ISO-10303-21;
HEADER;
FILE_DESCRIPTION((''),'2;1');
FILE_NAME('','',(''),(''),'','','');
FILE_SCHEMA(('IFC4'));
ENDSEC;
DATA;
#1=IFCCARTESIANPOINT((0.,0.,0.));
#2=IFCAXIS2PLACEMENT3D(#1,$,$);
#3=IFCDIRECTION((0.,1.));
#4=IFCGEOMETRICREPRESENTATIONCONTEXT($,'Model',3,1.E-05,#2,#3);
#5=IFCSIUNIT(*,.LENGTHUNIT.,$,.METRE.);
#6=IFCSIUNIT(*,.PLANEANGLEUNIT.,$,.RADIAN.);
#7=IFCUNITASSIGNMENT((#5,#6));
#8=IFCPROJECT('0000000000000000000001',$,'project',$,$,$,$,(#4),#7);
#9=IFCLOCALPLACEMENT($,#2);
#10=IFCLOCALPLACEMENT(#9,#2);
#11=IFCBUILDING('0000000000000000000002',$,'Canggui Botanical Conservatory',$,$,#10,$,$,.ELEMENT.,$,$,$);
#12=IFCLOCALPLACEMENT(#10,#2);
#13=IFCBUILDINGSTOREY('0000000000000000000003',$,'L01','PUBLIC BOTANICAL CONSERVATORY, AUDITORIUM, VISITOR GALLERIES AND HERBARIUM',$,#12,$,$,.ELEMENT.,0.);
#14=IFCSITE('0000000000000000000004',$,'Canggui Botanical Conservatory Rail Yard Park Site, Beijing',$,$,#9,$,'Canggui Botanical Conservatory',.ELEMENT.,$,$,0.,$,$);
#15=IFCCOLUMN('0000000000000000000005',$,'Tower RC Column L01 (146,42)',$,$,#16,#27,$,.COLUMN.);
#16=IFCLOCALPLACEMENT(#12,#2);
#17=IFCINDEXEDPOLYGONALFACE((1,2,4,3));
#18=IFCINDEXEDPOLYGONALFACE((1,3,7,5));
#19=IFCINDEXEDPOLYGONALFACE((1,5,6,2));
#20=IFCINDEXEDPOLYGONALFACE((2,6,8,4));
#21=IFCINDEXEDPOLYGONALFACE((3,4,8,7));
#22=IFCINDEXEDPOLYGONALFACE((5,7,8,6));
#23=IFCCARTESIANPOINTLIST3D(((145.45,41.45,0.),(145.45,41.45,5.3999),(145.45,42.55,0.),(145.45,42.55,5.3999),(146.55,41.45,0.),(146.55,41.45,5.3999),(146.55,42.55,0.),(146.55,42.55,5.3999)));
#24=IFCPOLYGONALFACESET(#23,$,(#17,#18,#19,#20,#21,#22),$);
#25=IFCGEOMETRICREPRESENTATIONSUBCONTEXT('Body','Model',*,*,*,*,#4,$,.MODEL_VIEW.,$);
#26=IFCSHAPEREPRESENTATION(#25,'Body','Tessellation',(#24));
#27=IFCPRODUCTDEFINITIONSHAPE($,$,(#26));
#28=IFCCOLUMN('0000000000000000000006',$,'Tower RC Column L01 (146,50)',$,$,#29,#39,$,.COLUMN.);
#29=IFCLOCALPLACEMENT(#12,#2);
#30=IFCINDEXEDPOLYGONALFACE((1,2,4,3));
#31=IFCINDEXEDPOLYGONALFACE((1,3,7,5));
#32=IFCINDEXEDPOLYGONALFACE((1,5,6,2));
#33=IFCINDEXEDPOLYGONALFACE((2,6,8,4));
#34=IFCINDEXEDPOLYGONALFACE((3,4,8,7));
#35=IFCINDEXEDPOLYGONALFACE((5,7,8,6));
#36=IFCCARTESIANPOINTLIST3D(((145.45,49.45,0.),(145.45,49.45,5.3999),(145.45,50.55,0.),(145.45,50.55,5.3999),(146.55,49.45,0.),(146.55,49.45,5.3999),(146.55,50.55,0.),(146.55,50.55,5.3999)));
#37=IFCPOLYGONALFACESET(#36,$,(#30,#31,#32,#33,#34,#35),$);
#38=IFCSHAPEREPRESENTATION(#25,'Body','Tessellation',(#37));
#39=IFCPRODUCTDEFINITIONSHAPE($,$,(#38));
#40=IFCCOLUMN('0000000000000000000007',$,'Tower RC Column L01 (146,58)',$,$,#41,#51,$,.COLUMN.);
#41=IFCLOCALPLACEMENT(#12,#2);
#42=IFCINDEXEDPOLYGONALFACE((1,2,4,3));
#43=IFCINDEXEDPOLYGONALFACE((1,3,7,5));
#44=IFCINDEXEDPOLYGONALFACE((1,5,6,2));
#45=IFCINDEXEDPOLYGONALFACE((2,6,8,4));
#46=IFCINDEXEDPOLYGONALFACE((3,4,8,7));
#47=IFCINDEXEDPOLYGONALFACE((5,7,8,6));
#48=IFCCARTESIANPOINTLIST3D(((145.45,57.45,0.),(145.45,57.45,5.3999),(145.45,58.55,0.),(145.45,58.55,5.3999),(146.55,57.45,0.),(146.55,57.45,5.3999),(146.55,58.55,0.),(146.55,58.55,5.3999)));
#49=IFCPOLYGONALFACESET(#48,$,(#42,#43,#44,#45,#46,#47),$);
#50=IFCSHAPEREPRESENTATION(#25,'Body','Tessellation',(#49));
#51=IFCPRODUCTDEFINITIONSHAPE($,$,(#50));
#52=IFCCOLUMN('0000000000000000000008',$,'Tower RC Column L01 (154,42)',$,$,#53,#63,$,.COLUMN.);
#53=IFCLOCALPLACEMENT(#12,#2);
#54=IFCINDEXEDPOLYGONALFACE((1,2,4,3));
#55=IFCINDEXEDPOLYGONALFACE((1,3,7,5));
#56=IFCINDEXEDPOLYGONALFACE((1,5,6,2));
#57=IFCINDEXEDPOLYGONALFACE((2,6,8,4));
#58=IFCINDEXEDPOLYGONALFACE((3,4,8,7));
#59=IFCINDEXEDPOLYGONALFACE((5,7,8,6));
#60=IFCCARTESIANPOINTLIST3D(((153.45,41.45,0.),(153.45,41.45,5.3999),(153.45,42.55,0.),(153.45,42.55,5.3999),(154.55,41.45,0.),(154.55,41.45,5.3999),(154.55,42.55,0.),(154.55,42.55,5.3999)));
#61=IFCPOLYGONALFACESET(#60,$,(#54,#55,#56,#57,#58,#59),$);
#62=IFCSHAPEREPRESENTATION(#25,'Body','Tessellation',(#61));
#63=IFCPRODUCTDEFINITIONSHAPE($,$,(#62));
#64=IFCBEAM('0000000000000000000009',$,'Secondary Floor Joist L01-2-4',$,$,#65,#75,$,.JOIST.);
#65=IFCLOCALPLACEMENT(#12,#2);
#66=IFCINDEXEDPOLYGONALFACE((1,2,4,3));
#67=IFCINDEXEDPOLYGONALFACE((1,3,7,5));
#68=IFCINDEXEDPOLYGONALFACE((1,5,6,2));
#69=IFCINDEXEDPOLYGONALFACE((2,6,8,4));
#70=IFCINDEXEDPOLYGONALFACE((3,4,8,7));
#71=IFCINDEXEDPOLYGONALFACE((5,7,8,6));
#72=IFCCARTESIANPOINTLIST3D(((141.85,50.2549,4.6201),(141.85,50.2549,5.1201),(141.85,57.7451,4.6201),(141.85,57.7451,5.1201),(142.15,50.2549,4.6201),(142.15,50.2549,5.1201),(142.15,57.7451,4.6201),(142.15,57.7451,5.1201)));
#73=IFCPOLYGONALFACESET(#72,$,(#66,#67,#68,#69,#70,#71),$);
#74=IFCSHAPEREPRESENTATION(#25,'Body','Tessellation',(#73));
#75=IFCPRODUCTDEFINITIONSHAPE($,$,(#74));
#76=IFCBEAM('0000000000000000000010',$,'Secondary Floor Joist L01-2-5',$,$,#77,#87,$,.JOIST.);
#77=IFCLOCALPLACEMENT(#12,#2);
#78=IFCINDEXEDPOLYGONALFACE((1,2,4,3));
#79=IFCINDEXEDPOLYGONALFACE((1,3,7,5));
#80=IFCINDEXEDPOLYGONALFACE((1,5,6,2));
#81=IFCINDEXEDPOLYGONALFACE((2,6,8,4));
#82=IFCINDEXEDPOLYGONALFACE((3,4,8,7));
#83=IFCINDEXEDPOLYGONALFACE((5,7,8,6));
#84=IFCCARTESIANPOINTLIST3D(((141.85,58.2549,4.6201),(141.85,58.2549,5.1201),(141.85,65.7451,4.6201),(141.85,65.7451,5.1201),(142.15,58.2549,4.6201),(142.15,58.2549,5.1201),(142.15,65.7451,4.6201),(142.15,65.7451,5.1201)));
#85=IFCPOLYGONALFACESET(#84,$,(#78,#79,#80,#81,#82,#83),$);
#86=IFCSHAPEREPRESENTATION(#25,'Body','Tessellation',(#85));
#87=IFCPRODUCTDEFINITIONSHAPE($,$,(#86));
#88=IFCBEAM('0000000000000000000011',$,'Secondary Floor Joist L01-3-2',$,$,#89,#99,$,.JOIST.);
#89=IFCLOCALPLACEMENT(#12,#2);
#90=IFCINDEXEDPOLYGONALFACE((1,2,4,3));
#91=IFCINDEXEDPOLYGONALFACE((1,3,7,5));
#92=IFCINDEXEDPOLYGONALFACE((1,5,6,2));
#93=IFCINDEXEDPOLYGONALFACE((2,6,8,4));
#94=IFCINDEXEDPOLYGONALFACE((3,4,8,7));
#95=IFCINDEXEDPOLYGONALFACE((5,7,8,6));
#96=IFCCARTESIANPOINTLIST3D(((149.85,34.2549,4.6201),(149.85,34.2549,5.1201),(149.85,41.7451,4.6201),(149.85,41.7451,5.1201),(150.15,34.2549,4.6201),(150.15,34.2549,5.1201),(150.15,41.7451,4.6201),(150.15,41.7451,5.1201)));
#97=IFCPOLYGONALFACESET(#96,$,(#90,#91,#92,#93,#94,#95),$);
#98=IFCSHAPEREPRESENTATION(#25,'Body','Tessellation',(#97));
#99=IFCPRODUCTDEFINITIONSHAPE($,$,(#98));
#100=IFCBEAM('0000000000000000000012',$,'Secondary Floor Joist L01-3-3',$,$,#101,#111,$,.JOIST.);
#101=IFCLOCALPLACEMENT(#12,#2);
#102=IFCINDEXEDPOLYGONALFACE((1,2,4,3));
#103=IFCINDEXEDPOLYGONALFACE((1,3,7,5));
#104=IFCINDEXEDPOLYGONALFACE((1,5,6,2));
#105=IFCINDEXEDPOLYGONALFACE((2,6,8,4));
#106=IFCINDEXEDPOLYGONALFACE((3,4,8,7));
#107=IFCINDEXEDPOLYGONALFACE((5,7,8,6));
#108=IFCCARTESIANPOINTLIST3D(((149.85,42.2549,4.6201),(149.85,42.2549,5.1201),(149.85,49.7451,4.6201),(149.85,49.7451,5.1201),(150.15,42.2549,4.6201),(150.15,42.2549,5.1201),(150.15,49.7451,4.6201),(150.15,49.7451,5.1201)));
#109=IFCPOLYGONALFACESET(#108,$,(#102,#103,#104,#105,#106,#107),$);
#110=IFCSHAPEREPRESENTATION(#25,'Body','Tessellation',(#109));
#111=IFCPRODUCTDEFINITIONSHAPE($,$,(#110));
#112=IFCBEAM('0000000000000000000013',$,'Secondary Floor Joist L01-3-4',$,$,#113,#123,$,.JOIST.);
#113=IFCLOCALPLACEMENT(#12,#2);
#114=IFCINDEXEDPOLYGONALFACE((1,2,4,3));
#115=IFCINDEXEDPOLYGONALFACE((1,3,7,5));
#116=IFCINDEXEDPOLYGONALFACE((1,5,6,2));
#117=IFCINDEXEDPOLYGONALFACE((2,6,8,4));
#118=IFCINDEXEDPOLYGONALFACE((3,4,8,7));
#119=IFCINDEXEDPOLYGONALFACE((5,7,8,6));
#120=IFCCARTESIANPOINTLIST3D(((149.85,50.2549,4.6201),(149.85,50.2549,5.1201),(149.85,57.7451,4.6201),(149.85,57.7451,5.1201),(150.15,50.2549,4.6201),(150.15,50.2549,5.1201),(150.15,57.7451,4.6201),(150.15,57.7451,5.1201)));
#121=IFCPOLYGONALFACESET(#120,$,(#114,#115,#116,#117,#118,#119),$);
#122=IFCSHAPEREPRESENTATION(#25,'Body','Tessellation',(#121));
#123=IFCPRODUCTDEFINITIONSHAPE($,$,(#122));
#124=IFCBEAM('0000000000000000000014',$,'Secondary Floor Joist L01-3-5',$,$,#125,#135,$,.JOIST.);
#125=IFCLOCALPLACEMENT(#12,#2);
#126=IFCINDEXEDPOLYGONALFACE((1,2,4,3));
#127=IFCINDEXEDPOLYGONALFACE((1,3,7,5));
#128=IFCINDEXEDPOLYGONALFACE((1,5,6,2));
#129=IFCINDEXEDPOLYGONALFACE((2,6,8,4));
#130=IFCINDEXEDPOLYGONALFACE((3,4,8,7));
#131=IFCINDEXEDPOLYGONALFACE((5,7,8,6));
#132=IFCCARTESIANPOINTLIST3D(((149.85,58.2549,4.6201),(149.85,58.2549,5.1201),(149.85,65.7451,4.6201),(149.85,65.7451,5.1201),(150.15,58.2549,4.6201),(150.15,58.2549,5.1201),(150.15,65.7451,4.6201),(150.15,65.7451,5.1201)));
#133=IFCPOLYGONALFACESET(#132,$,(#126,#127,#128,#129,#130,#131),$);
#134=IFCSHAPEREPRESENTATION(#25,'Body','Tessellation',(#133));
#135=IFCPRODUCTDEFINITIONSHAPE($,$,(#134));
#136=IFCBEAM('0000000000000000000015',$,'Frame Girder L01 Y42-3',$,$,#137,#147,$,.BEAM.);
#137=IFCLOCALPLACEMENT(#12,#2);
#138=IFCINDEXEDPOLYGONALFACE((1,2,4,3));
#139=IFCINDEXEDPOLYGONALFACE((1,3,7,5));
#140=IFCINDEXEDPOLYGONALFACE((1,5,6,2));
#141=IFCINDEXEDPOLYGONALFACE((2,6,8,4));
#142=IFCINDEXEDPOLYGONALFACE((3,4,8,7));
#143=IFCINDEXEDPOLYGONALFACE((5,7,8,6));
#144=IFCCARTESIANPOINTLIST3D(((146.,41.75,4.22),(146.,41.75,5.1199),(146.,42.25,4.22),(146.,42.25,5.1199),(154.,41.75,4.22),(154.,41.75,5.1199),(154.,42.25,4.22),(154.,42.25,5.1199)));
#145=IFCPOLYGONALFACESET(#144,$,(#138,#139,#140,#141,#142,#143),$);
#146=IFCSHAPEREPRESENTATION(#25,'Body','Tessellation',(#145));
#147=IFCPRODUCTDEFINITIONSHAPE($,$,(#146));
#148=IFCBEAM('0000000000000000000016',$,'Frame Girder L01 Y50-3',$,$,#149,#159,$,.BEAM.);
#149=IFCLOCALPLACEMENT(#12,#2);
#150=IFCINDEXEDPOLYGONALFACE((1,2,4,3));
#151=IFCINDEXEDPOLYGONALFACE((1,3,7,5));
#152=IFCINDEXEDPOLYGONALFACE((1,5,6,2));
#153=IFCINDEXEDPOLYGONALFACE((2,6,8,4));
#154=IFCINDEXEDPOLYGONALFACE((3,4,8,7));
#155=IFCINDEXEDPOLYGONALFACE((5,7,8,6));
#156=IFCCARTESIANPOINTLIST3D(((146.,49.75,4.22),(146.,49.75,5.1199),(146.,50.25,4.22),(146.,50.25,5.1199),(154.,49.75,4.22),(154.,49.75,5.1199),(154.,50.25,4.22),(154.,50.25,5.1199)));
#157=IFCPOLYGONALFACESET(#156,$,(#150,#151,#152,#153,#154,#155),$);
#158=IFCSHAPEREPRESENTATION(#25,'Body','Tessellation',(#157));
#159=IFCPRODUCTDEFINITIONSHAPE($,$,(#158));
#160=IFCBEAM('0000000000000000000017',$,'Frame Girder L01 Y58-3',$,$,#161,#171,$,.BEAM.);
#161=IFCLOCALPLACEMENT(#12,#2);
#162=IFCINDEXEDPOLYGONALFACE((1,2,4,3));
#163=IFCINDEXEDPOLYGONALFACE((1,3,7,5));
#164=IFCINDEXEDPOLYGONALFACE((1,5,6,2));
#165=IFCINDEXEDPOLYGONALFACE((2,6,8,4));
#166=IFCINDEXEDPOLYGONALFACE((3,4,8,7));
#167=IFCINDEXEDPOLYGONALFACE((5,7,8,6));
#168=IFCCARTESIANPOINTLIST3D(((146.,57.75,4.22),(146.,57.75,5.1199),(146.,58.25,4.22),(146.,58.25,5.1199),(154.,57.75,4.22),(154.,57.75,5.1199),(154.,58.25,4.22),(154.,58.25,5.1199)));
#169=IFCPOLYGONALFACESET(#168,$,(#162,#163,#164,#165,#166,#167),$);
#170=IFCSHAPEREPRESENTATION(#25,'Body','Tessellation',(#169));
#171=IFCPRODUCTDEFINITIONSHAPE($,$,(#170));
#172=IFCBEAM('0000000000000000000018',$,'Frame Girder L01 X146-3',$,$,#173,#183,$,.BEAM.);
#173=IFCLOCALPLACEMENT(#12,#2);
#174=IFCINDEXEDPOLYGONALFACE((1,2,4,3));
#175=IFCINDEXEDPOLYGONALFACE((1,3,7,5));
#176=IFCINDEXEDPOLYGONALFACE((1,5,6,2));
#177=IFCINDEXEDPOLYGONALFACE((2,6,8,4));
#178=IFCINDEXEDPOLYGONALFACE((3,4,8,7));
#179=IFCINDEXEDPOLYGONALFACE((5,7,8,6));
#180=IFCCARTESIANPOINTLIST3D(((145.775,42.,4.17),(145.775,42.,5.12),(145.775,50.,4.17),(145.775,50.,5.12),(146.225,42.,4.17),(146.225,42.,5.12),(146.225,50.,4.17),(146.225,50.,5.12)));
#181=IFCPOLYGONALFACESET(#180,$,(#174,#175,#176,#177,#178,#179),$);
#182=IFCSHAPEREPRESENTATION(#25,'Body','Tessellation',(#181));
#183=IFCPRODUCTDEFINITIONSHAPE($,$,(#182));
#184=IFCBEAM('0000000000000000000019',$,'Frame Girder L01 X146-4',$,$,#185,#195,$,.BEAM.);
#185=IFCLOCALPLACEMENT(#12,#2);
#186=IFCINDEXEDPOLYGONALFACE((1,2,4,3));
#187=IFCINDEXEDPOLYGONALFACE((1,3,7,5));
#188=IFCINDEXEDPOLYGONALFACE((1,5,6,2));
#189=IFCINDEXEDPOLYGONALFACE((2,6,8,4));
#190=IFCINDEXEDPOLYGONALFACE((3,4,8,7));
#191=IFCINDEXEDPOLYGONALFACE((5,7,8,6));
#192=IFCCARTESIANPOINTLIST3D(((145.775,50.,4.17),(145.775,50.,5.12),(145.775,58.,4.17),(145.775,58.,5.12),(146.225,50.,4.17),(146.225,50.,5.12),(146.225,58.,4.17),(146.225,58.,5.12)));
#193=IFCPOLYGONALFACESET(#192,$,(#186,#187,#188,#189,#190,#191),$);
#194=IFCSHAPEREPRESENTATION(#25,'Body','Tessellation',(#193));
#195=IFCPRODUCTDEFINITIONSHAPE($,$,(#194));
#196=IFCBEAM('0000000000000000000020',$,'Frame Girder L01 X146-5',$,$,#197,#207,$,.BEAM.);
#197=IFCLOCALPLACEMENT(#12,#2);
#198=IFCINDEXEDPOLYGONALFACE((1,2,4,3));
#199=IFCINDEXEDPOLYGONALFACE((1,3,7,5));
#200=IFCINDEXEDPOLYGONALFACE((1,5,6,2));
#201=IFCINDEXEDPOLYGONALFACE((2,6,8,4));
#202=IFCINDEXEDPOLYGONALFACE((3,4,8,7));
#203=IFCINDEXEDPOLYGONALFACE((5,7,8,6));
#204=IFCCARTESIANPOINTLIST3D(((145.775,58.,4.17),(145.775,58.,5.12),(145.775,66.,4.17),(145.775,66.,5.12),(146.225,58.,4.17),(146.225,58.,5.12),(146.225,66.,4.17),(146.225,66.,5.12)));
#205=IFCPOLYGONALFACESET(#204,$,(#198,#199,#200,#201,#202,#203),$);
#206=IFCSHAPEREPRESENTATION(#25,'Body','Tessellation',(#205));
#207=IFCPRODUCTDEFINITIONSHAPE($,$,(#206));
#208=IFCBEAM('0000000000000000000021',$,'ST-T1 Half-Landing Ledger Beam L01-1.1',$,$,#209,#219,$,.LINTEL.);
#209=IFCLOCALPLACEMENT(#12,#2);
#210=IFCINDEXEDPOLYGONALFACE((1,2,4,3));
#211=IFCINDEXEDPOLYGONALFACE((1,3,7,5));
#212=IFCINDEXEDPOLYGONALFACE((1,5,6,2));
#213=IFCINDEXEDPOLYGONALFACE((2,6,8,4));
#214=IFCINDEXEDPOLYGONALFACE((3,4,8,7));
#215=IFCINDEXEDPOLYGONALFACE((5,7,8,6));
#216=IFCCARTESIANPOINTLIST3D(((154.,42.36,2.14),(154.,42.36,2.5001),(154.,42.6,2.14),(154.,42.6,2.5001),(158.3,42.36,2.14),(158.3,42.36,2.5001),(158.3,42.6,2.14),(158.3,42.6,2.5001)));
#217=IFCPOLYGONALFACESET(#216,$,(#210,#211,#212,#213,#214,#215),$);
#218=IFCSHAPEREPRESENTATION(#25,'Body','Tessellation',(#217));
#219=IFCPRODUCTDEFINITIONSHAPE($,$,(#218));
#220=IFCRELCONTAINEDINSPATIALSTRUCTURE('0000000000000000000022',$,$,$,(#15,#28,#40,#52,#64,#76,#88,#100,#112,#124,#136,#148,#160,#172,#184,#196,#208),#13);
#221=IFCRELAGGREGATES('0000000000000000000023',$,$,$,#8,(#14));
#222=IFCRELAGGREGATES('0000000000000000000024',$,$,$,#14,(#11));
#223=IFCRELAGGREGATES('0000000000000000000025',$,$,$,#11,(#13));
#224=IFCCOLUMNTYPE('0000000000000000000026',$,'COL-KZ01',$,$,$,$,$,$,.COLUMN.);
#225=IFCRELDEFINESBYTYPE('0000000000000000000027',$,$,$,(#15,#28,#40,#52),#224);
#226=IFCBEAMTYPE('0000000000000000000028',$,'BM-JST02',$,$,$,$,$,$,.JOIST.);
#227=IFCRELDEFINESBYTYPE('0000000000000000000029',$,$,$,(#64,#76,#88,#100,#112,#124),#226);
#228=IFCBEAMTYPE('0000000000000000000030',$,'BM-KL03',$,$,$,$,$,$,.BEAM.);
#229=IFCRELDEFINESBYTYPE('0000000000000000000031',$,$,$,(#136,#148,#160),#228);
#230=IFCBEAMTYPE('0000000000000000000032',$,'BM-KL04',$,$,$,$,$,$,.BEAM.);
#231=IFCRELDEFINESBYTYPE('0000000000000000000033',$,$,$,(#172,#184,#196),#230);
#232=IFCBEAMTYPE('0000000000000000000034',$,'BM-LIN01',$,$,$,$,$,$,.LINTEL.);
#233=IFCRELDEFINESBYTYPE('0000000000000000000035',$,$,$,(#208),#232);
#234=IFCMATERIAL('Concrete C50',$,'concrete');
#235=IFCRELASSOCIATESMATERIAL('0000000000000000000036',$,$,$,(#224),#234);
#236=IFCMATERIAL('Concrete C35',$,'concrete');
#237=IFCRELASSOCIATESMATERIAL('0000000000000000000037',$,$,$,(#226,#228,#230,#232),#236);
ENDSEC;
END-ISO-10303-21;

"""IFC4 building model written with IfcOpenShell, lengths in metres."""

from ifc_helpers import new_model, si_unit, direction, frame, origin, origin_2d, place, context, subcontext, project, spatial, rectangle, extrude, material, material_profile, profile_set, type_object, element, save


model = new_model("IFC4")

# Units and contexts
model_context = context("Model", 3, precision=1e-05, world=origin(), true_north=direction((0.0, 1.0)))
body_context = subcontext(model_context, "Body", "Model", "MODEL_VIEW")
ifc_project = project(units=[si_unit("LENGTHUNIT", "METRE"), si_unit("PLANEANGLEUNIT", "RADIAN")], contexts=[model_context])

# Site, building, storey
site_placement = place(None, origin())
site = spatial("IfcSite", under=ifc_project, at=site_placement, Name="Canggui Botanical Conservatory Rail Yard Park Site, Beijing", LongName="Canggui Botanical Conservatory", CompositionType="ELEMENT", RefElevation=0.0)
building_placement = place(site_placement, origin())
building = spatial("IfcBuilding", under=site, at=building_placement, Name="Canggui Botanical Conservatory", CompositionType="ELEMENT")
storey_placement = place(building_placement, origin())
storey = spatial("IfcBuildingStorey", under=building, at=storey_placement, Name="L01", Description="PUBLIC BOTANICAL CONSERVATORY, AUDITORIUM, VISITOR GALLERIES AND HERBARIUM", CompositionType="ELEMENT", Elevation=0.0)

# Columns
ifc_material_1 = material(Name="Concrete C50", Category="concrete")
ifc_material_profile_1 = material_profile(ifc_material_1, rectangle(XDim=1.1001, YDim=1.1001, at=origin_2d()), Name="RC 1100x1100")
ifc_profile_set_1 = profile_set([ifc_material_profile_1], Name="Concrete C50")
column_type = type_object("IfcColumnType", Name="COL-KZ01", PredefinedType="COLUMN", material=ifc_profile_set_1)
for number, where, z_axis, x_axis, name in (
    (1, (146.0, 42.0, 0.0), (0.0, 0.0, 1.0), (1.0, 0.0, 0.0), "Tower RC Column L01 (146,42)"),
    (2, (146.0, 50.0, 0.0), (0.0, 0.0, 1.0), (1.0, 0.0, 0.0), "Tower RC Column L01 (146,50)"),
    (3, (146.0, 58.0, 0.0), (0.0, 0.0, 1.0), (1.0, 0.0, 0.0), "Tower RC Column L01 (146,58)"),
    (4, (154.0, 42.0, 0.0), (0.0, 0.0, 1.0), (1.0, 0.0, 0.0), "Tower RC Column L01 (154,42)"),
):
    element("IfcColumn", number, at=place(storey_placement, frame(where, z_axis=z_axis, x_axis=x_axis)), inside=storey, type_object=column_type, Name=name, PredefinedType="COLUMN", context=body_context, shape_type="SweptSolid", body=[
        extrude(rectangle(XDim=1.1001, YDim=1.1001, at=origin_2d()), origin(), (0.0, 0.0, 1.0), 5.3999),
    ])

# Beams
ifc_material_2 = material(Name="Concrete C35", Category="concrete")
ifc_material_profile_2 = material_profile(ifc_material_2, rectangle(XDim=0.3, YDim=0.5, at=origin_2d()), Name="RB 300x500")
ifc_profile_set_2 = profile_set([ifc_material_profile_2], Name="Concrete C35")
beam_type_1 = type_object("IfcBeamType", Name="BM-JST02", PredefinedType="JOIST", material=ifc_profile_set_2)
for number, where, z_axis, x_axis, name in (
    (5, (142.0, 50.2549, 4.8701), (0.0, 1.0, 0.0), (-1.0, 0.0, 0.0), "Secondary Floor Joist L01-2-4"),
    (6, (142.0, 58.2549, 4.8701), (0.0, 1.0, 0.0), (-1.0, 0.0, 0.0), "Secondary Floor Joist L01-2-5"),
    (7, (150.0, 34.2549, 4.8701), (0.0, 1.0, 0.0), (-1.0, 0.0, 0.0), "Secondary Floor Joist L01-3-2"),
    (8, (150.0, 42.2549, 4.8701), (0.0, 1.0, 0.0), (-1.0, 0.0, 0.0), "Secondary Floor Joist L01-3-3"),
    (9, (150.0, 50.2549, 4.8701), (0.0, 1.0, 0.0), (-1.0, 0.0, 0.0), "Secondary Floor Joist L01-3-4"),
    (10, (150.0, 58.2549, 4.8701), (0.0, 1.0, 0.0), (-1.0, 0.0, 0.0), "Secondary Floor Joist L01-3-5"),
):
    element("IfcBeam", number, at=place(storey_placement, frame(where, z_axis=z_axis, x_axis=x_axis)), inside=storey, type_object=beam_type_1, Name=name, PredefinedType="JOIST", context=body_context, shape_type="SweptSolid", body=[
        extrude(rectangle(XDim=0.3, YDim=0.5, at=origin_2d()), origin(), (0.0, 0.0, 1.0), 7.4902),
    ])
ifc_material_profile_3 = material_profile(ifc_material_2, rectangle(XDim=0.5, YDim=0.8999, at=origin_2d()), Name="RB 500x900")
ifc_profile_set_3 = profile_set([ifc_material_profile_3], Name="Concrete C35")
beam_type_2 = type_object("IfcBeamType", Name="BM-KL03", PredefinedType="BEAM", material=ifc_profile_set_3)
for number, where, z_axis, x_axis, name in (
    (11, (146.0, 42.0, 4.6699), (1.0, 0.0, 0.0), (0.0, 1.0, 0.0), "Frame Girder L01 Y42-3"),
    (12, (146.0, 50.0, 4.6699), (1.0, 0.0, 0.0), (0.0, 1.0, 0.0), "Frame Girder L01 Y50-3"),
    (13, (146.0, 58.0, 4.6699), (1.0, 0.0, 0.0), (0.0, 1.0, 0.0), "Frame Girder L01 Y58-3"),
):
    element("IfcBeam", number, at=place(storey_placement, frame(where, z_axis=z_axis, x_axis=x_axis)), inside=storey, type_object=beam_type_2, Name=name, PredefinedType="BEAM", context=body_context, shape_type="SweptSolid", body=[
        extrude(rectangle(XDim=0.5, YDim=0.8999, at=origin_2d()), origin(), (0.0, 0.0, 1.0), 8.0),
    ])
ifc_material_profile_4 = material_profile(ifc_material_2, rectangle(XDim=0.45, YDim=0.95, at=origin_2d()), Name="RB 450x950")
ifc_profile_set_4 = profile_set([ifc_material_profile_4], Name="Concrete C35")
beam_type_3 = type_object("IfcBeamType", Name="BM-KL04", PredefinedType="BEAM", material=ifc_profile_set_4)
for number, where, z_axis, x_axis, name in (
    (14, (146.0, 42.0, 4.645), (0.0, 1.0, 0.0), (-1.0, 0.0, 0.0), "Frame Girder L01 X146-3"),
    (15, (146.0, 50.0, 4.645), (0.0, 1.0, 0.0), (-1.0, 0.0, 0.0), "Frame Girder L01 X146-4"),
    (16, (146.0, 58.0, 4.645), (0.0, 1.0, 0.0), (-1.0, 0.0, 0.0), "Frame Girder L01 X146-5"),
):
    element("IfcBeam", number, at=place(storey_placement, frame(where, z_axis=z_axis, x_axis=x_axis)), inside=storey, type_object=beam_type_3, Name=name, PredefinedType="BEAM", context=body_context, shape_type="SweptSolid", body=[
        extrude(rectangle(XDim=0.45, YDim=0.95, at=origin_2d()), origin(), (0.0, 0.0, 1.0), 8.0),
    ])
ifc_material_profile_5 = material_profile(ifc_material_2, rectangle(XDim=0.24, YDim=0.3601, at=origin_2d()), Name="RB 240x360")
ifc_profile_set_5 = profile_set([ifc_material_profile_5], Name="Concrete C35")
beam_type_4 = type_object("IfcBeamType", Name="BM-LIN01", PredefinedType="LINTEL", material=ifc_profile_set_5)
for number, where, z_axis, x_axis, name in (
    (17, (154.0, 42.48, 2.3201), (1.0, 0.0, 0.0), (0.0, 1.0, 0.0), "ST-T1 Half-Landing Ledger Beam L01-1.1"),
):
    element("IfcBeam", number, at=place(storey_placement, frame(where, z_axis=z_axis, x_axis=x_axis)), inside=storey, type_object=beam_type_4, Name=name, PredefinedType="LINTEL", context=body_context, shape_type="SweptSolid", body=[
        extrude(rectangle(XDim=0.24, YDim=0.3601, at=origin_2d()), origin(), (0.0, 0.0, 1.0), 4.3),
    ])

save(model, "model.ifc")
